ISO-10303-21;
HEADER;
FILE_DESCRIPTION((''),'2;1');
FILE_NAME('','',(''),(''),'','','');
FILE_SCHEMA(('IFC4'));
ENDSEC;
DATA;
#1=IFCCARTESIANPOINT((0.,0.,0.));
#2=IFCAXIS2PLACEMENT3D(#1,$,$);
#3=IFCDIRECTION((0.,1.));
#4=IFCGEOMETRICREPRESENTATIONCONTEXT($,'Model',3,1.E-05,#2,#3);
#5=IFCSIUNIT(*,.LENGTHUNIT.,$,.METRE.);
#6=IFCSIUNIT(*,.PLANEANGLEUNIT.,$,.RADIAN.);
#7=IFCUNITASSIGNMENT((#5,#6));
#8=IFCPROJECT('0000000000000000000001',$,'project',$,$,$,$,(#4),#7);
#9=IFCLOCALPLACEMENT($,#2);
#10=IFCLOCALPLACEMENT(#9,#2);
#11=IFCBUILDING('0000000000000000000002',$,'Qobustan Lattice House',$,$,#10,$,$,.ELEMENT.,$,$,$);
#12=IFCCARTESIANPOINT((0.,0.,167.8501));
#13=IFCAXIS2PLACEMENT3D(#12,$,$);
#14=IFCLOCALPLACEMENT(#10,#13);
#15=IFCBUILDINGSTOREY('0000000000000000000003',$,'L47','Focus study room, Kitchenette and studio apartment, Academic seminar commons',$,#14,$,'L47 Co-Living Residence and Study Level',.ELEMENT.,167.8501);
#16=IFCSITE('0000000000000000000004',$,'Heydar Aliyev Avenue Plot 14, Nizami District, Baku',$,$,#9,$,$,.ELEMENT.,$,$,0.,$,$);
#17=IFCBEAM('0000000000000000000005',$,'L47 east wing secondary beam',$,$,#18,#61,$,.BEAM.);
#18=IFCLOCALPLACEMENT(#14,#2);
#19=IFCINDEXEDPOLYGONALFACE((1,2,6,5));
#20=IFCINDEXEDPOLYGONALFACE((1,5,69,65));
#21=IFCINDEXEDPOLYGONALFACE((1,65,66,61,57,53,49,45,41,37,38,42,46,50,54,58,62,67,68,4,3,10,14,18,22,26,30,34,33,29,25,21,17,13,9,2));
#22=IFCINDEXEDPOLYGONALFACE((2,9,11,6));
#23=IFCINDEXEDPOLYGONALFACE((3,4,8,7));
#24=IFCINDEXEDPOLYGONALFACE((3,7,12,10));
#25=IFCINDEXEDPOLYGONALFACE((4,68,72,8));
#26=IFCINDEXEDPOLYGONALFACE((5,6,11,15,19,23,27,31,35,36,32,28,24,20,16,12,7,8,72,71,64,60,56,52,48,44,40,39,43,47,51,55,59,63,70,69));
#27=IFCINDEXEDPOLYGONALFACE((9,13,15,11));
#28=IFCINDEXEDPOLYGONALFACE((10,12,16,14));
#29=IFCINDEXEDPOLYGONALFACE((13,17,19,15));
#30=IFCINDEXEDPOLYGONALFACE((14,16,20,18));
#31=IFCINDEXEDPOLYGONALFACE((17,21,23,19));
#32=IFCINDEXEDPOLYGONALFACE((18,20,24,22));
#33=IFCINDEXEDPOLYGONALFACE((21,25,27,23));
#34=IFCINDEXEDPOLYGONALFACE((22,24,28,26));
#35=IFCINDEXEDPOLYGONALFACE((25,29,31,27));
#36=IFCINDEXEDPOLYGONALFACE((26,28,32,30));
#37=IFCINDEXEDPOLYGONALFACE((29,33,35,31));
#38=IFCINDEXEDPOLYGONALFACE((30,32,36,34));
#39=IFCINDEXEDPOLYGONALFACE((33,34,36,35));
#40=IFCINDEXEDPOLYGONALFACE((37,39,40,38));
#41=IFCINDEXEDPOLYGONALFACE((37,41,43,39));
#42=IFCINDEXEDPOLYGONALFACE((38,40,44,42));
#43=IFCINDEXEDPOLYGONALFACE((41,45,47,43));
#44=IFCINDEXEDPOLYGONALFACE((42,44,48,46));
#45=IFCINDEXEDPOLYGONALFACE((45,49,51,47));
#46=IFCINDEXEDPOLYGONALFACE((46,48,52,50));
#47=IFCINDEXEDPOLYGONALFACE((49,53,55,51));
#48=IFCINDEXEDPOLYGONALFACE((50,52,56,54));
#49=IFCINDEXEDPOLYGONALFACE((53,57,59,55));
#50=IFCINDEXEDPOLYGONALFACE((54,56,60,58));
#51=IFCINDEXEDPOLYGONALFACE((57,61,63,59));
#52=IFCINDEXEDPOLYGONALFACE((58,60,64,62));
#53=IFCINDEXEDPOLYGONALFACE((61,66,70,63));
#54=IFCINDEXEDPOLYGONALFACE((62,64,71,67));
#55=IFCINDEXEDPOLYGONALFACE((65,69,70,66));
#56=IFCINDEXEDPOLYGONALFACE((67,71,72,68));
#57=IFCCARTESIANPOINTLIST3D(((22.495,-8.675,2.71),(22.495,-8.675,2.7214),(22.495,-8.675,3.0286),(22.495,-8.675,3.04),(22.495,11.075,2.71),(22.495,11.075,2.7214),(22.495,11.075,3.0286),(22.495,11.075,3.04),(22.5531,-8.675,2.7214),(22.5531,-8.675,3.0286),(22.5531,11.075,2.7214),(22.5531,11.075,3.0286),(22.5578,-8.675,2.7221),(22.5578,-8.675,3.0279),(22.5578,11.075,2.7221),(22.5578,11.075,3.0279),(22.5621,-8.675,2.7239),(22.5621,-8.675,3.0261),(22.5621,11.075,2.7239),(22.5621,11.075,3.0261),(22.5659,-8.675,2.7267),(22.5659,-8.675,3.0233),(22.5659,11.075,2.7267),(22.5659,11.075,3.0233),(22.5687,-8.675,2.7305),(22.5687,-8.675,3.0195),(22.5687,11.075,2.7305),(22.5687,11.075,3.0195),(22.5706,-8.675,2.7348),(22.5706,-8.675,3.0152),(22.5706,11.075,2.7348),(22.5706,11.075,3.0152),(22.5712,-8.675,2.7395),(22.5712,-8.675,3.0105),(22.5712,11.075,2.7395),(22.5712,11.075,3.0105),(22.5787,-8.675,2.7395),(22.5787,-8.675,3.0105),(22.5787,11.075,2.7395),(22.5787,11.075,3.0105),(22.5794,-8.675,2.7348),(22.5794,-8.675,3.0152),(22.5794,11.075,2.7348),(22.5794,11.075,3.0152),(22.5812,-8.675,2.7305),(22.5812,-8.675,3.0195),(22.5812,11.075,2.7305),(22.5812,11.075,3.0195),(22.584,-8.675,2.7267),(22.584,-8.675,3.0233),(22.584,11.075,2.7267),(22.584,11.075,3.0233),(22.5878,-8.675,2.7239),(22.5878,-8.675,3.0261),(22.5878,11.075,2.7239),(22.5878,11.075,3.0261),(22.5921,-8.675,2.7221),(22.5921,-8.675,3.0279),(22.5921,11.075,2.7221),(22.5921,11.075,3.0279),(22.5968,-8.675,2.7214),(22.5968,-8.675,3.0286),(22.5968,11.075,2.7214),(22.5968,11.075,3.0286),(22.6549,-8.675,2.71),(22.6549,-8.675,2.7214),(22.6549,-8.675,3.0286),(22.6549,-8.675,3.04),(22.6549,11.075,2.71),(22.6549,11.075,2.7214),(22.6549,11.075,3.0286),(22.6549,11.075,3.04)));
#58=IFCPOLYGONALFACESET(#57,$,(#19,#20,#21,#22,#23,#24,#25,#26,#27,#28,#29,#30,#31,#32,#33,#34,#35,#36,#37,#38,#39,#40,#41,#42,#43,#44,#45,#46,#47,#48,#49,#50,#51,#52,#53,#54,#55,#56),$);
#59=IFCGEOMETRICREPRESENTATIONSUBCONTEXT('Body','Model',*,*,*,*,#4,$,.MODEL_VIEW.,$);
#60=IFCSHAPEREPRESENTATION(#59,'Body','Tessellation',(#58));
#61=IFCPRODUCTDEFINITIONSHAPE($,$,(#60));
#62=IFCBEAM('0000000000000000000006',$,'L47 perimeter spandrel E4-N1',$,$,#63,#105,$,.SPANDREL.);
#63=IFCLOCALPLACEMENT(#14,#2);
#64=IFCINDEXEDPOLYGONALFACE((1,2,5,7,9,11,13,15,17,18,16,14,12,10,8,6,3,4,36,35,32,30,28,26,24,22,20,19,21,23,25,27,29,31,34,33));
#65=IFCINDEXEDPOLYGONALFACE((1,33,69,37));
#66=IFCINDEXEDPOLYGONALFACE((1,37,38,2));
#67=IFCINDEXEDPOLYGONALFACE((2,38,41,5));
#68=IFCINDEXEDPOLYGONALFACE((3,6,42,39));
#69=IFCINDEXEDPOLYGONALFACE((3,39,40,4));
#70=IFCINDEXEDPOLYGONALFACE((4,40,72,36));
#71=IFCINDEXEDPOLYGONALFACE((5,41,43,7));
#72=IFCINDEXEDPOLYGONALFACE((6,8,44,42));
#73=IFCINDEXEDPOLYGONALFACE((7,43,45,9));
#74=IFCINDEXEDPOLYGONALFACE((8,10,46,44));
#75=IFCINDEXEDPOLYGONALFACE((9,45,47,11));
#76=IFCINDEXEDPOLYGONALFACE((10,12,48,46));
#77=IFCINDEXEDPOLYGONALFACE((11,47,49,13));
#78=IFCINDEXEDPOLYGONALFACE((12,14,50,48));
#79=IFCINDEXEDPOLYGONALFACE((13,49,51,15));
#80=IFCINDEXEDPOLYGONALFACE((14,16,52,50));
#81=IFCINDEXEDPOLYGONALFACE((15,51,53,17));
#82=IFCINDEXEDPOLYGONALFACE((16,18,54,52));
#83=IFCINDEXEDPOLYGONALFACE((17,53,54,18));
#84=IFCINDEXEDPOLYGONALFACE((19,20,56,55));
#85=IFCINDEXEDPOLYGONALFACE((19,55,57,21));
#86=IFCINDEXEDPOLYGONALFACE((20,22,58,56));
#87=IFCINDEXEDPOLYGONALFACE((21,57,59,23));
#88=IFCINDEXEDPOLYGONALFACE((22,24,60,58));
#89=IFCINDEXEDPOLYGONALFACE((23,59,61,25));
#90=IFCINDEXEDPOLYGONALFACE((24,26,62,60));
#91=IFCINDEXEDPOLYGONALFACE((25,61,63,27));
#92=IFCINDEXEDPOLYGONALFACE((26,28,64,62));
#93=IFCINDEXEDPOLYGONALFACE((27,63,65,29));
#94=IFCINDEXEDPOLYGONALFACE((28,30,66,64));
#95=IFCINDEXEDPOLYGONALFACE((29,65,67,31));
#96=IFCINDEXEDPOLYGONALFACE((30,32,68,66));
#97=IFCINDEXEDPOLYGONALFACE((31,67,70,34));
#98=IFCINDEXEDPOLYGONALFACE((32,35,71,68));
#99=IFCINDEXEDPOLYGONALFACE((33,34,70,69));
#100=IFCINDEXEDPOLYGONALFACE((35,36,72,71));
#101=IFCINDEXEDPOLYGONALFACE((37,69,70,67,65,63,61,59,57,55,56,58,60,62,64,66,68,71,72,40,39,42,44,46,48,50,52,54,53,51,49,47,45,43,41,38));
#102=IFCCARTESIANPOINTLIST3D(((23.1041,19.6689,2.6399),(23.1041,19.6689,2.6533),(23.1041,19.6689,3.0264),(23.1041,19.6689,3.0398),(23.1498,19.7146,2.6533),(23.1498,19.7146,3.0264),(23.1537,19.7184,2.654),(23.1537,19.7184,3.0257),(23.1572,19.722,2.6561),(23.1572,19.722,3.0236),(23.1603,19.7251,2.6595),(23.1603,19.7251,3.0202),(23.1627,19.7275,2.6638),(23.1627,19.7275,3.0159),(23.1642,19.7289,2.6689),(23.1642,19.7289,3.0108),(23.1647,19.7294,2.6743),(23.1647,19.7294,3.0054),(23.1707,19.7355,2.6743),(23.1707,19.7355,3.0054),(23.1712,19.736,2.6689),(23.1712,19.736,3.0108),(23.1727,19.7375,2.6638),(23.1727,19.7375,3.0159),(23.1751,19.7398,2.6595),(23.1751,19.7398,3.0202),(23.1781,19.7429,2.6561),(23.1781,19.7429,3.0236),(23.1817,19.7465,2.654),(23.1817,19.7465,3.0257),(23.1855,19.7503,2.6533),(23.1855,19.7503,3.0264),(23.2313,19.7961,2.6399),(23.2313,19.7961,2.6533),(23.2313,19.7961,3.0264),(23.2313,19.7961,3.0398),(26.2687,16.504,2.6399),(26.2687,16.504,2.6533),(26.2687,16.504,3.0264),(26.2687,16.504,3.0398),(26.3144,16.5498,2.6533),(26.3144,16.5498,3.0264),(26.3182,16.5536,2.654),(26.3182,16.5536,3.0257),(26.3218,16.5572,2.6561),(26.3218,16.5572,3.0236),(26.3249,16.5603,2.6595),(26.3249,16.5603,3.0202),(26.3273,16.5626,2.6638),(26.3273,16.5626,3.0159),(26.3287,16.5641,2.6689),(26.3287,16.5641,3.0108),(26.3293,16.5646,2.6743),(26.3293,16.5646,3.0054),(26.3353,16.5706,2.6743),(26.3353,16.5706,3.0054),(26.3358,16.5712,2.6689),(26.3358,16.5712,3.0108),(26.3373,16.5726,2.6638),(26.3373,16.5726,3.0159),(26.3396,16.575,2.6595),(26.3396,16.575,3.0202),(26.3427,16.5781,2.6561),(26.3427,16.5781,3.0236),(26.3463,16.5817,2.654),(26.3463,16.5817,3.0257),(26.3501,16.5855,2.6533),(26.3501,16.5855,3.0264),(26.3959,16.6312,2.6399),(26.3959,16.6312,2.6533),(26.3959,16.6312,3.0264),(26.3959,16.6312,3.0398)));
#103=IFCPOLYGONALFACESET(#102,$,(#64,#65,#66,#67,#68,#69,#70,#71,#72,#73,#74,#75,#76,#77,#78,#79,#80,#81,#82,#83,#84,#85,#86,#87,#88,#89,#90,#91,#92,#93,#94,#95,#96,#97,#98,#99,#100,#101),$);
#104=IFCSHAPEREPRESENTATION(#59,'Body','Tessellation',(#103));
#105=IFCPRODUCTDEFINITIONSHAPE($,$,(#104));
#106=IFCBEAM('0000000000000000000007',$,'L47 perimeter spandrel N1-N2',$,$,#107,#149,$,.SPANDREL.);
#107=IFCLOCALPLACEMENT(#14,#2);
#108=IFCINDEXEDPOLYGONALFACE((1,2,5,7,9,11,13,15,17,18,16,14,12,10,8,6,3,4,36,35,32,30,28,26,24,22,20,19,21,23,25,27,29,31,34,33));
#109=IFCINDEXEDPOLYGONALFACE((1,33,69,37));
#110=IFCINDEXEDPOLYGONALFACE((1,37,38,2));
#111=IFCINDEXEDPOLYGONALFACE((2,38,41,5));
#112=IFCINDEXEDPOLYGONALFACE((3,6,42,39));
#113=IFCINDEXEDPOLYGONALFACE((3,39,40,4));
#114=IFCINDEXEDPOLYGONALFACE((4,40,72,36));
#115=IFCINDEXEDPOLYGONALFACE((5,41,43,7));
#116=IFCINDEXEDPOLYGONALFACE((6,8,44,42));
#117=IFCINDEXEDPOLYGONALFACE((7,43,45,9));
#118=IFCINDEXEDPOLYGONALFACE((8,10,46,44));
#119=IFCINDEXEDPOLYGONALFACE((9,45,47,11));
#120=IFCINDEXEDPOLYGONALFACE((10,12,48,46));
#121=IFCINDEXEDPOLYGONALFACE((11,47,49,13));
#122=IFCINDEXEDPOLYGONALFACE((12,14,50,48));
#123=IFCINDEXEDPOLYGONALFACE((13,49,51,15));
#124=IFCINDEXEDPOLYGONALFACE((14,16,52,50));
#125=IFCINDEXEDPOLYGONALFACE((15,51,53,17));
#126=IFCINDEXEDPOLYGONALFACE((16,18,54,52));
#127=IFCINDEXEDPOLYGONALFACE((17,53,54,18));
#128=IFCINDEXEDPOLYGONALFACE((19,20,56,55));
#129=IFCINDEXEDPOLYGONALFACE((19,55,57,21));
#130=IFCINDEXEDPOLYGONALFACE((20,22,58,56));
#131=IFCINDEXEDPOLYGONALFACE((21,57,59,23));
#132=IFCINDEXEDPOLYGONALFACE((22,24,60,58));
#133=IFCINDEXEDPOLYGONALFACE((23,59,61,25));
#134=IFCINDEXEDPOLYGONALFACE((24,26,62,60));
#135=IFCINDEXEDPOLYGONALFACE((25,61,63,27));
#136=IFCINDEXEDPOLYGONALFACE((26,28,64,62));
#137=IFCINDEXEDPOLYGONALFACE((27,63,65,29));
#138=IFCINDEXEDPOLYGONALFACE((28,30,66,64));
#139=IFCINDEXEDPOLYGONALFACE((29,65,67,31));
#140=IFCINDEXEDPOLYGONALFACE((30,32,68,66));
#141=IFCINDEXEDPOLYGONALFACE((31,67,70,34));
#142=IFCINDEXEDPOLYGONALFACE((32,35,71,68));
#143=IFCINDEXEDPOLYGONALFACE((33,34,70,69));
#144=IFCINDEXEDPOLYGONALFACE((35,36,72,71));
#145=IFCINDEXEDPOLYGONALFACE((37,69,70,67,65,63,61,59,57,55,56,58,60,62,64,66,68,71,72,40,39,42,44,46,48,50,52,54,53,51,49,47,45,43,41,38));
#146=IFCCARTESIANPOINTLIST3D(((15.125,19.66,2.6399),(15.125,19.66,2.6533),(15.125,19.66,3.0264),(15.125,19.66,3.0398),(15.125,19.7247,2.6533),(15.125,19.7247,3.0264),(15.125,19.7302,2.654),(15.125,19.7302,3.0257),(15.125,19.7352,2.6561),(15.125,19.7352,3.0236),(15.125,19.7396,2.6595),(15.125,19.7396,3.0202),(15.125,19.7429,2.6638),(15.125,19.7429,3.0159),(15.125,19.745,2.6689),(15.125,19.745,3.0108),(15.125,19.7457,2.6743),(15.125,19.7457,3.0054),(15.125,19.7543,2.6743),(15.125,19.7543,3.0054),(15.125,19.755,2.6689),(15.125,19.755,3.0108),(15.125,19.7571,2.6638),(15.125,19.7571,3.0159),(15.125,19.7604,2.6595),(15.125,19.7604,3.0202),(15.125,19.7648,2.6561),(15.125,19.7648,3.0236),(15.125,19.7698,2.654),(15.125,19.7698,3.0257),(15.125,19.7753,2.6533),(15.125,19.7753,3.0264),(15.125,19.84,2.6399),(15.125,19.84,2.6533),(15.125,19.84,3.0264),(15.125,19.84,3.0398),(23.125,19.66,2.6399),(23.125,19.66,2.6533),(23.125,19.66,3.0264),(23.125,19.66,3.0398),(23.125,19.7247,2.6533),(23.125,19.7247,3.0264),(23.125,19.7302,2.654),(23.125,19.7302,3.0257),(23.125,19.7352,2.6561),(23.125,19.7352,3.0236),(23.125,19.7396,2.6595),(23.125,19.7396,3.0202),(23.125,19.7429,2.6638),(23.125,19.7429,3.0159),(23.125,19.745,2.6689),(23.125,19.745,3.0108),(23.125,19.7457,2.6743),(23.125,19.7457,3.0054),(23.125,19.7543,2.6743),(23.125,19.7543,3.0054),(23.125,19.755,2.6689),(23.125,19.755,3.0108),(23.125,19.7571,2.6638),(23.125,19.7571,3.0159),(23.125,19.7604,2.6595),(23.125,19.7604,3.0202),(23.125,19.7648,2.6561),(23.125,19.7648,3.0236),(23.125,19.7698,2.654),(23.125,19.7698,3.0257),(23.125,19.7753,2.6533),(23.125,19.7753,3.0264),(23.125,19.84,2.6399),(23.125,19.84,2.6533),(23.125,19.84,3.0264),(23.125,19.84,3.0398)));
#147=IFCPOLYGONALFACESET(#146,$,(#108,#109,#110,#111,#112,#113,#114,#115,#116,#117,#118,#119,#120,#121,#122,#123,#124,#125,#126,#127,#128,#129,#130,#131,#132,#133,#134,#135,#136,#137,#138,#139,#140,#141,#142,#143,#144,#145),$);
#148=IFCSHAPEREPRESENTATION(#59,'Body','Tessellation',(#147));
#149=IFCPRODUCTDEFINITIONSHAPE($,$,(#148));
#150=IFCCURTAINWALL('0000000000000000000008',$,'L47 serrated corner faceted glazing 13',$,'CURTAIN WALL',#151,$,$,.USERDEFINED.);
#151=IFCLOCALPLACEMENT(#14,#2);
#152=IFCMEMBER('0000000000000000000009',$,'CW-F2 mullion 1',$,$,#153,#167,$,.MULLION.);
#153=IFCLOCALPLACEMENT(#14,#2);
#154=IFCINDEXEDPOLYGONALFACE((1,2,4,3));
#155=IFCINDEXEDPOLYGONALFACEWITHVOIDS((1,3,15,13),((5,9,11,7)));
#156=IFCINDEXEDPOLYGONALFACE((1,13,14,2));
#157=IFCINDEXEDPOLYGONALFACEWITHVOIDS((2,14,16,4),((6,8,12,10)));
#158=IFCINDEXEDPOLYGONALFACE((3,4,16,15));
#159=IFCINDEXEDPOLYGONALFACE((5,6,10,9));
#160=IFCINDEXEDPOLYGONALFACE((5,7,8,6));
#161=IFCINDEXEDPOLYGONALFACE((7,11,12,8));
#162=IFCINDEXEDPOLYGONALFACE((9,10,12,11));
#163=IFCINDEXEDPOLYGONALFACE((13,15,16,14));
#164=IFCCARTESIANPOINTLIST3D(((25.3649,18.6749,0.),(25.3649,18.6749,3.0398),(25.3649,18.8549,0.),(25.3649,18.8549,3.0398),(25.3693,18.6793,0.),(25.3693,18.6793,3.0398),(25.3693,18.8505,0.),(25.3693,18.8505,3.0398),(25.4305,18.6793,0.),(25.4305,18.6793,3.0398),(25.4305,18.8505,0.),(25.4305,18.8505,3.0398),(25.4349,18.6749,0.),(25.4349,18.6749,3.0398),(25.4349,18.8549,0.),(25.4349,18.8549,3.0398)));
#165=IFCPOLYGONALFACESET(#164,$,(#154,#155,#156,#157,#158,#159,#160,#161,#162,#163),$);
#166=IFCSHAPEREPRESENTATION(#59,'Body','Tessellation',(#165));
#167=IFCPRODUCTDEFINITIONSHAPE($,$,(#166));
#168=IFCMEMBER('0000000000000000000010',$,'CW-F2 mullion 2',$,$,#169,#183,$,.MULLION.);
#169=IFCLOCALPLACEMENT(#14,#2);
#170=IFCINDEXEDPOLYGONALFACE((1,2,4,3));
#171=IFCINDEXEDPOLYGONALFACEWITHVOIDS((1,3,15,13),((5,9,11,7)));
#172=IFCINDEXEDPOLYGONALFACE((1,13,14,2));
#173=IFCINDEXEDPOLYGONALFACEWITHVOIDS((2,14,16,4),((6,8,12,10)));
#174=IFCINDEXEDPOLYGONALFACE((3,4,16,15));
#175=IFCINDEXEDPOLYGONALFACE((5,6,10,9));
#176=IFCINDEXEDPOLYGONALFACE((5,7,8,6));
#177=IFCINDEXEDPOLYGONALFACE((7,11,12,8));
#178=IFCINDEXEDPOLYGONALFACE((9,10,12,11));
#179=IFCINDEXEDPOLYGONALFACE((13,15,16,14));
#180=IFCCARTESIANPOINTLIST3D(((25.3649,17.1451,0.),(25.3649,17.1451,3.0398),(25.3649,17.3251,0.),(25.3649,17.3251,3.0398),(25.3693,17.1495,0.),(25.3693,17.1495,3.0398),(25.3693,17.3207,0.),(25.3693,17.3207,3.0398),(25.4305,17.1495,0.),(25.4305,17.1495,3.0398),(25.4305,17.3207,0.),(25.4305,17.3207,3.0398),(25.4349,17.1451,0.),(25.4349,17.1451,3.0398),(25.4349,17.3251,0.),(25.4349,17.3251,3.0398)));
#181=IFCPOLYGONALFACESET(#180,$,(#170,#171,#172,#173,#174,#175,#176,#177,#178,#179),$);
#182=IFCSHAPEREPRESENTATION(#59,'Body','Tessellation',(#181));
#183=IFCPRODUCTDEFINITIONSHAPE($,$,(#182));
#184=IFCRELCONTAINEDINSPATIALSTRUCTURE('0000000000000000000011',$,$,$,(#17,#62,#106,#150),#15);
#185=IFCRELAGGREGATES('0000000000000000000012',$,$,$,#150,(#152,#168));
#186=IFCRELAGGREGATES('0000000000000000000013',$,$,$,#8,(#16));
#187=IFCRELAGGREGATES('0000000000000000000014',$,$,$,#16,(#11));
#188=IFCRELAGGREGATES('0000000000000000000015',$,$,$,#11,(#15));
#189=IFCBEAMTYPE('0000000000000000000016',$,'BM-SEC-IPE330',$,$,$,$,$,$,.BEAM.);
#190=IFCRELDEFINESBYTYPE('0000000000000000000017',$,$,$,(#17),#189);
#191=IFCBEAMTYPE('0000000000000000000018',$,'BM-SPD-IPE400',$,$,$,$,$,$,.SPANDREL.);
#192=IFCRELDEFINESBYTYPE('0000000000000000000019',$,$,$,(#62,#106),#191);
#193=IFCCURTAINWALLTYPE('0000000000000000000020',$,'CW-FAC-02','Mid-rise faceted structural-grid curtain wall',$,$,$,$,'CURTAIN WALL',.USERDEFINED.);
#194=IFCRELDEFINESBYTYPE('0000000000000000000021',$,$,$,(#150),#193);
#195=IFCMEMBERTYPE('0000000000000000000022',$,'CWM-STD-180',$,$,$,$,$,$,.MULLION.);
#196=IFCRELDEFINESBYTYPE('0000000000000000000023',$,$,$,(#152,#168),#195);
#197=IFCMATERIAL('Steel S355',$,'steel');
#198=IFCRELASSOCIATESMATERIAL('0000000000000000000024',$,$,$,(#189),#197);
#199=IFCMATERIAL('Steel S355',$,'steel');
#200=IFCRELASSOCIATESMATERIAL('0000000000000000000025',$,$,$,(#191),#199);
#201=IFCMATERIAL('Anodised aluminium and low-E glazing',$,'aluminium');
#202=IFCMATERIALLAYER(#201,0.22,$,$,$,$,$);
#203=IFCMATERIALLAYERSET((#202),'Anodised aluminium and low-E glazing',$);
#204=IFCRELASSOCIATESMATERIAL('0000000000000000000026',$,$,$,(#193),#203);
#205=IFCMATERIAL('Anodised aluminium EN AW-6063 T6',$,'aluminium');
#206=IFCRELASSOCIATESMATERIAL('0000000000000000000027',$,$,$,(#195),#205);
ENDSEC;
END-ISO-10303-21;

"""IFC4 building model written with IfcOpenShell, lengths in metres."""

from ifc_helpers import new_model, si_unit, direction, frame, origin, origin_2d, place, context, subcontext, project, spatial, hollow_rectangle, i_section, extrude, material, layer, layer_set, material_profile, profile_set, type_object, element, aggregate, save


model = new_model("IFC4")

# Units and contexts
model_context = context("Model", 3, precision=1e-05, world=origin(), true_north=direction((0.0, 1.0)))
body_context = subcontext(model_context, "Body", "Model", "MODEL_VIEW")
ifc_project = project(units=[si_unit("LENGTHUNIT", "METRE"), si_unit("PLANEANGLEUNIT", "RADIAN")], contexts=[model_context])

# Site, building, storey
site_placement = place(None, origin())
site = spatial("IfcSite", under=ifc_project, at=site_placement, Name="Heydar Aliyev Avenue Plot 14, Nizami District, Baku", CompositionType="ELEMENT", RefElevation=0.0)
building_placement = place(site_placement, origin())
building = spatial("IfcBuilding", under=site, at=building_placement, Name="Qobustan Lattice House", CompositionType="ELEMENT")
storey_placement = place(building_placement, frame((0.0, 0.0, 167.8501)))
storey = spatial("IfcBuildingStorey", under=building, at=storey_placement, Name="L47", Description="Focus study room, Kitchenette and studio apartment, Academic seminar commons", LongName="L47 Co-Living Residence and Study Level", CompositionType="ELEMENT", Elevation=167.8501)

# Beams
ifc_material_1 = material(Name="Steel S355", Category="steel")
ifc_material_profile_1 = material_profile(ifc_material_1, i_section(OverallWidth=0.1599, OverallDepth=0.3301, WebThickness=0.0076, FlangeThickness=0.0115, FilletRadius=0.0181, at=origin_2d()), Name="IPE330")
ifc_profile_set_1 = profile_set([ifc_material_profile_1], Name="Steel S355")
beam_type_1 = type_object("IfcBeamType", Name="BM-SEC-IPE330", PredefinedType="BEAM", material=ifc_profile_set_1)
beam_1_placement = place(storey_placement, frame((22.575, 11.075, 2.875), z_axis=(0.0, -1.0, 0.0), x_axis=(1.0, 0.0, 0.0)))
element("IfcBeam", 1, at=beam_1_placement, inside=storey, type_object=beam_type_1, Name="L47 east wing secondary beam", PredefinedType="BEAM", context=body_context, shape_type="SweptSolid", body=[
    extrude(i_section(OverallWidth=0.1599, OverallDepth=0.3301, WebThickness=0.0076, FlangeThickness=0.0115, FilletRadius=0.0181, at=origin_2d()), origin(), (0.0, 0.0, 1.0), 19.75),
])
ifc_material_2 = material(Name="Steel S355", Category="steel")
ifc_material_profile_2 = material_profile(ifc_material_2, i_section(OverallWidth=0.1799, OverallDepth=0.3999, WebThickness=0.0085, FlangeThickness=0.0134, FilletRadius=0.021, at=origin_2d()), Name="IPE400")
ifc_profile_set_2 = profile_set([ifc_material_profile_2], Name="Steel S355")
beam_type_2 = type_object("IfcBeamType", Name="BM-SPD-IPE400", PredefinedType="SPANDREL", material=ifc_profile_set_2)
beam_2_placement = place(storey_placement, frame((26.3323, 16.5676, 2.8398), z_axis=(-0.70708, 0.707134, 0.0), x_axis=(-0.707134, -0.70708, 0.0)))
element("IfcBeam", 2, at=beam_2_placement, inside=storey, type_object=beam_type_2, Name="L47 perimeter spandrel E4-N1", PredefinedType="SPANDREL", context=body_context, shape_type="SweptSolid", body=[
    extrude(i_section(OverallWidth=0.1799, OverallDepth=0.3999, WebThickness=0.0085, FlangeThickness=0.0134, FilletRadius=0.021, at=origin_2d()), origin(), (0.0, 0.0, 1.0), 4.4756),
])
beam_3_placement = place(storey_placement, frame((23.125, 19.75, 2.8398), z_axis=(-1.0, 0.0, 0.0), x_axis=(0.0, -1.0, 0.0)))
element("IfcBeam", 3, at=beam_3_placement, inside=storey, type_object=beam_type_2, Name="L47 perimeter spandrel N1-N2", PredefinedType="SPANDREL", context=body_context, shape_type="SweptSolid", body=[
    extrude(i_section(OverallWidth=0.1799, OverallDepth=0.3999, WebThickness=0.0085, FlangeThickness=0.0134, FilletRadius=0.021, at=origin_2d()), origin(), (0.0, 0.0, 1.0), 8.0),
])

# Curtain wall, members
ifc_material_3 = material(Name="Anodised aluminium and low-E glazing", Category="aluminium")
ifc_layer_1 = layer(ifc_material_3, 0.22)
ifc_layer_set_1 = layer_set([ifc_layer_1], Name="Anodised aluminium and low-E glazing")
curtain_wall_type = type_object("IfcCurtainWallType", Name="CW-FAC-02", Description="Mid-rise faceted structural-grid curtain wall", ElementType="CURTAIN WALL", PredefinedType="USERDEFINED", material=ifc_layer_set_1)
curtain_wall_placement = place(storey_placement, origin())
curtain_wall = element("IfcCurtainWall", 4, at=curtain_wall_placement, inside=storey, type_object=curtain_wall_type, Name="L47 serrated corner faceted glazing 13", ObjectType="CURTAIN WALL", PredefinedType="USERDEFINED")
ifc_material_4 = material(Name="Anodised aluminium EN AW-6063 T6", Category="aluminium")
ifc_material_profile_3 = material_profile(ifc_material_4, hollow_rectangle(XDim=0.0701, YDim=0.1799, WallThickness=0.0044, at=origin_2d()), Name="CWM-180x70")
ifc_profile_set_3 = profile_set([ifc_material_profile_3], Name="Anodised aluminium EN AW-6063 T6")
member_type_1 = type_object("IfcMemberType", Name="CWM-STD-180", PredefinedType="MULLION", material=ifc_profile_set_3)
member_1_placement = place(storey_placement, frame((25.3999, 18.7649, 0.0), z_axis=(0.0, 0.0, 1.0), x_axis=(1.0, 0.0, 0.0)))
member_1 = element("IfcMember", 5, at=member_1_placement, type_object=member_type_1, Name="CW-F2 mullion 1", PredefinedType="MULLION", context=body_context, shape_type="SweptSolid", body=[
    extrude(hollow_rectangle(XDim=0.0701, YDim=0.1799, WallThickness=0.0044, at=origin_2d()), origin(), (0.0, 0.0, 1.0), 3.0398),
])
member_2_placement = place(storey_placement, frame((25.3999, 17.2351, 0.0), z_axis=(0.0, 0.0, 1.0), x_axis=(1.0, 0.0, 0.0)))
member_2 = element("IfcMember", 6, at=member_2_placement, type_object=member_type_1, Name="CW-F2 mullion 2", PredefinedType="MULLION", context=body_context, shape_type="SweptSolid", body=[
    extrude(hollow_rectangle(XDim=0.0701, YDim=0.1799, WallThickness=0.0044, at=origin_2d()), origin(), (0.0, 0.0, 1.0), 3.0398),
])
aggregate(curtain_wall, [member_1, member_2])

save(model, "model.ifc")
